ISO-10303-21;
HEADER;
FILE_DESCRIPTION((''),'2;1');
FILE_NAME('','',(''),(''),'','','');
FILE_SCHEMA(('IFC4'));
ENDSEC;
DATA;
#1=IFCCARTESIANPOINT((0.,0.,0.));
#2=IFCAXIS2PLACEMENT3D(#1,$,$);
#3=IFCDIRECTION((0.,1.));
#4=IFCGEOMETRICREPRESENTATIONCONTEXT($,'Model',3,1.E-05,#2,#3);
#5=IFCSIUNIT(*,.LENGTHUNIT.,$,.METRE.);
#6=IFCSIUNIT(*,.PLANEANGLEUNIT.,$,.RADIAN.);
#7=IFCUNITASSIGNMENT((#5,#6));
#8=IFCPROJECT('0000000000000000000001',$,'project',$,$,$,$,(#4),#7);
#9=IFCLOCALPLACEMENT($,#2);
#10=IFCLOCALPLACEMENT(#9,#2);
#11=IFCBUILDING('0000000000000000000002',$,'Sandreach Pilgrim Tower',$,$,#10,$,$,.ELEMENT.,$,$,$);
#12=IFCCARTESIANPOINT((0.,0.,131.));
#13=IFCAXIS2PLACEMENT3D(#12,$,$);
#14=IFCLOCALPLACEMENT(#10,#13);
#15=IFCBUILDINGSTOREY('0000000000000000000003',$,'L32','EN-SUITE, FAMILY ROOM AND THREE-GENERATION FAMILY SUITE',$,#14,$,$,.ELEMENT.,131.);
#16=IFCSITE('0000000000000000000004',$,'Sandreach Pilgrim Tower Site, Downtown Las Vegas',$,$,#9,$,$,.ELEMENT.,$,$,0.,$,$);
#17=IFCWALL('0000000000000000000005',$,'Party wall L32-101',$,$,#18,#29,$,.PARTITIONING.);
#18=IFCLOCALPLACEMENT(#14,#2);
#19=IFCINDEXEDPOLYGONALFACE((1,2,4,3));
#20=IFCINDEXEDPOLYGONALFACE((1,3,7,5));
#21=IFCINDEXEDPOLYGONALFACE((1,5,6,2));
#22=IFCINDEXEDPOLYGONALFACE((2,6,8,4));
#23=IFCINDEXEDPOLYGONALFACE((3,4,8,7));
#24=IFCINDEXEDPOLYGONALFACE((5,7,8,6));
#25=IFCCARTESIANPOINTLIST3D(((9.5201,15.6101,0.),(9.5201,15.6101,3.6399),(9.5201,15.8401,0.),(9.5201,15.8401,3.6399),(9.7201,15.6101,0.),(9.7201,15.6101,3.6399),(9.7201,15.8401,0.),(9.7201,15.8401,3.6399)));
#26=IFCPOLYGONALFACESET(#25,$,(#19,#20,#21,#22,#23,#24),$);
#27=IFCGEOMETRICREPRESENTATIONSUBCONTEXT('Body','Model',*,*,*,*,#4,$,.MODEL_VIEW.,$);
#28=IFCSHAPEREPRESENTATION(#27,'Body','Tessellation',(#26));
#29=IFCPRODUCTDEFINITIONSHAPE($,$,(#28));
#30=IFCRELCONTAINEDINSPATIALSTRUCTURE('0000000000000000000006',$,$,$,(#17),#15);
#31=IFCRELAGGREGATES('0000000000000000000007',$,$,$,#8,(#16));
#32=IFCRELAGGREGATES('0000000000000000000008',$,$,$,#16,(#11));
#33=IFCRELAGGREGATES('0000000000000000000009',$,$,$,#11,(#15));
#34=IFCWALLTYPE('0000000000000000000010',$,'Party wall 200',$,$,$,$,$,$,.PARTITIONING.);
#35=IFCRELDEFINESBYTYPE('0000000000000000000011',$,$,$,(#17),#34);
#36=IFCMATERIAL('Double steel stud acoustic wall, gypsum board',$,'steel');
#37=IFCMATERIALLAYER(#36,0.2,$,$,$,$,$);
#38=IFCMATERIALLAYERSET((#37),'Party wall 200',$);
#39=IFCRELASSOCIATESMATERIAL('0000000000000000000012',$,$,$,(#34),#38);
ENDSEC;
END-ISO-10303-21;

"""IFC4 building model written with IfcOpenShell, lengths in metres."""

from ifc_helpers import new_model, si_unit, direction, frame, frame_2d, origin, place, context, subcontext, project, spatial, rectangle, extrude, material, layer, layer_set, type_object, element, save


model = new_model("IFC4")

# Units and contexts
model_context = context("Model", 3, precision=1e-05, world=origin(), true_north=direction((0.0, 1.0)))
body_context = subcontext(model_context, "Body", "Model", "MODEL_VIEW")
ifc_project = project(units=[si_unit("LENGTHUNIT", "METRE"), si_unit("PLANEANGLEUNIT", "RADIAN")], contexts=[model_context])

# Site, building, storey
site_placement = place(None, origin())
site = spatial("IfcSite", under=ifc_project, at=site_placement, Name="Sandreach Pilgrim Tower Site, Downtown Las Vegas", CompositionType="ELEMENT", RefElevation=0.0)
building_placement = place(site_placement, origin())
building = spatial("IfcBuilding", under=site, at=building_placement, Name="Sandreach Pilgrim Tower", CompositionType="ELEMENT")
storey_placement = place(building_placement, frame((0.0, 0.0, 131.0)))
storey = spatial("IfcBuildingStorey", under=building, at=storey_placement, Name="L32", Description="EN-SUITE, FAMILY ROOM AND THREE-GENERATION FAMILY SUITE", CompositionType="ELEMENT", Elevation=131.0)

# Wall
ifc_material_1 = material(Name="Double steel stud acoustic wall, gypsum board", Category="steel")
ifc_layer_1 = layer(ifc_material_1, 0.2)
ifc_layer_set_1 = layer_set([ifc_layer_1], Name="Party wall 200")
wall_type_1 = type_object("IfcWallType", Name="Party wall 200", PredefinedType="PARTITIONING", material=ifc_layer_set_1)
wall_1_placement = place(storey_placement, frame((9.6201, 15.8401, 0.0), z_axis=(0.0, 0.0, 1.0), x_axis=(0.0, -1.0, 0.0)))
element("IfcWall", 1, at=wall_1_placement, inside=storey, type_object=wall_type_1, Name="Party wall L32-101", PredefinedType="PARTITIONING", context=body_context, shape_type="SweptSolid", body=[
    extrude(rectangle(XDim=0.23, YDim=0.2, at=frame_2d((0.115, 0.0))), origin(), (0.0, 0.0, 1.0), 3.6399),
])

save(model, "model.ifc")
